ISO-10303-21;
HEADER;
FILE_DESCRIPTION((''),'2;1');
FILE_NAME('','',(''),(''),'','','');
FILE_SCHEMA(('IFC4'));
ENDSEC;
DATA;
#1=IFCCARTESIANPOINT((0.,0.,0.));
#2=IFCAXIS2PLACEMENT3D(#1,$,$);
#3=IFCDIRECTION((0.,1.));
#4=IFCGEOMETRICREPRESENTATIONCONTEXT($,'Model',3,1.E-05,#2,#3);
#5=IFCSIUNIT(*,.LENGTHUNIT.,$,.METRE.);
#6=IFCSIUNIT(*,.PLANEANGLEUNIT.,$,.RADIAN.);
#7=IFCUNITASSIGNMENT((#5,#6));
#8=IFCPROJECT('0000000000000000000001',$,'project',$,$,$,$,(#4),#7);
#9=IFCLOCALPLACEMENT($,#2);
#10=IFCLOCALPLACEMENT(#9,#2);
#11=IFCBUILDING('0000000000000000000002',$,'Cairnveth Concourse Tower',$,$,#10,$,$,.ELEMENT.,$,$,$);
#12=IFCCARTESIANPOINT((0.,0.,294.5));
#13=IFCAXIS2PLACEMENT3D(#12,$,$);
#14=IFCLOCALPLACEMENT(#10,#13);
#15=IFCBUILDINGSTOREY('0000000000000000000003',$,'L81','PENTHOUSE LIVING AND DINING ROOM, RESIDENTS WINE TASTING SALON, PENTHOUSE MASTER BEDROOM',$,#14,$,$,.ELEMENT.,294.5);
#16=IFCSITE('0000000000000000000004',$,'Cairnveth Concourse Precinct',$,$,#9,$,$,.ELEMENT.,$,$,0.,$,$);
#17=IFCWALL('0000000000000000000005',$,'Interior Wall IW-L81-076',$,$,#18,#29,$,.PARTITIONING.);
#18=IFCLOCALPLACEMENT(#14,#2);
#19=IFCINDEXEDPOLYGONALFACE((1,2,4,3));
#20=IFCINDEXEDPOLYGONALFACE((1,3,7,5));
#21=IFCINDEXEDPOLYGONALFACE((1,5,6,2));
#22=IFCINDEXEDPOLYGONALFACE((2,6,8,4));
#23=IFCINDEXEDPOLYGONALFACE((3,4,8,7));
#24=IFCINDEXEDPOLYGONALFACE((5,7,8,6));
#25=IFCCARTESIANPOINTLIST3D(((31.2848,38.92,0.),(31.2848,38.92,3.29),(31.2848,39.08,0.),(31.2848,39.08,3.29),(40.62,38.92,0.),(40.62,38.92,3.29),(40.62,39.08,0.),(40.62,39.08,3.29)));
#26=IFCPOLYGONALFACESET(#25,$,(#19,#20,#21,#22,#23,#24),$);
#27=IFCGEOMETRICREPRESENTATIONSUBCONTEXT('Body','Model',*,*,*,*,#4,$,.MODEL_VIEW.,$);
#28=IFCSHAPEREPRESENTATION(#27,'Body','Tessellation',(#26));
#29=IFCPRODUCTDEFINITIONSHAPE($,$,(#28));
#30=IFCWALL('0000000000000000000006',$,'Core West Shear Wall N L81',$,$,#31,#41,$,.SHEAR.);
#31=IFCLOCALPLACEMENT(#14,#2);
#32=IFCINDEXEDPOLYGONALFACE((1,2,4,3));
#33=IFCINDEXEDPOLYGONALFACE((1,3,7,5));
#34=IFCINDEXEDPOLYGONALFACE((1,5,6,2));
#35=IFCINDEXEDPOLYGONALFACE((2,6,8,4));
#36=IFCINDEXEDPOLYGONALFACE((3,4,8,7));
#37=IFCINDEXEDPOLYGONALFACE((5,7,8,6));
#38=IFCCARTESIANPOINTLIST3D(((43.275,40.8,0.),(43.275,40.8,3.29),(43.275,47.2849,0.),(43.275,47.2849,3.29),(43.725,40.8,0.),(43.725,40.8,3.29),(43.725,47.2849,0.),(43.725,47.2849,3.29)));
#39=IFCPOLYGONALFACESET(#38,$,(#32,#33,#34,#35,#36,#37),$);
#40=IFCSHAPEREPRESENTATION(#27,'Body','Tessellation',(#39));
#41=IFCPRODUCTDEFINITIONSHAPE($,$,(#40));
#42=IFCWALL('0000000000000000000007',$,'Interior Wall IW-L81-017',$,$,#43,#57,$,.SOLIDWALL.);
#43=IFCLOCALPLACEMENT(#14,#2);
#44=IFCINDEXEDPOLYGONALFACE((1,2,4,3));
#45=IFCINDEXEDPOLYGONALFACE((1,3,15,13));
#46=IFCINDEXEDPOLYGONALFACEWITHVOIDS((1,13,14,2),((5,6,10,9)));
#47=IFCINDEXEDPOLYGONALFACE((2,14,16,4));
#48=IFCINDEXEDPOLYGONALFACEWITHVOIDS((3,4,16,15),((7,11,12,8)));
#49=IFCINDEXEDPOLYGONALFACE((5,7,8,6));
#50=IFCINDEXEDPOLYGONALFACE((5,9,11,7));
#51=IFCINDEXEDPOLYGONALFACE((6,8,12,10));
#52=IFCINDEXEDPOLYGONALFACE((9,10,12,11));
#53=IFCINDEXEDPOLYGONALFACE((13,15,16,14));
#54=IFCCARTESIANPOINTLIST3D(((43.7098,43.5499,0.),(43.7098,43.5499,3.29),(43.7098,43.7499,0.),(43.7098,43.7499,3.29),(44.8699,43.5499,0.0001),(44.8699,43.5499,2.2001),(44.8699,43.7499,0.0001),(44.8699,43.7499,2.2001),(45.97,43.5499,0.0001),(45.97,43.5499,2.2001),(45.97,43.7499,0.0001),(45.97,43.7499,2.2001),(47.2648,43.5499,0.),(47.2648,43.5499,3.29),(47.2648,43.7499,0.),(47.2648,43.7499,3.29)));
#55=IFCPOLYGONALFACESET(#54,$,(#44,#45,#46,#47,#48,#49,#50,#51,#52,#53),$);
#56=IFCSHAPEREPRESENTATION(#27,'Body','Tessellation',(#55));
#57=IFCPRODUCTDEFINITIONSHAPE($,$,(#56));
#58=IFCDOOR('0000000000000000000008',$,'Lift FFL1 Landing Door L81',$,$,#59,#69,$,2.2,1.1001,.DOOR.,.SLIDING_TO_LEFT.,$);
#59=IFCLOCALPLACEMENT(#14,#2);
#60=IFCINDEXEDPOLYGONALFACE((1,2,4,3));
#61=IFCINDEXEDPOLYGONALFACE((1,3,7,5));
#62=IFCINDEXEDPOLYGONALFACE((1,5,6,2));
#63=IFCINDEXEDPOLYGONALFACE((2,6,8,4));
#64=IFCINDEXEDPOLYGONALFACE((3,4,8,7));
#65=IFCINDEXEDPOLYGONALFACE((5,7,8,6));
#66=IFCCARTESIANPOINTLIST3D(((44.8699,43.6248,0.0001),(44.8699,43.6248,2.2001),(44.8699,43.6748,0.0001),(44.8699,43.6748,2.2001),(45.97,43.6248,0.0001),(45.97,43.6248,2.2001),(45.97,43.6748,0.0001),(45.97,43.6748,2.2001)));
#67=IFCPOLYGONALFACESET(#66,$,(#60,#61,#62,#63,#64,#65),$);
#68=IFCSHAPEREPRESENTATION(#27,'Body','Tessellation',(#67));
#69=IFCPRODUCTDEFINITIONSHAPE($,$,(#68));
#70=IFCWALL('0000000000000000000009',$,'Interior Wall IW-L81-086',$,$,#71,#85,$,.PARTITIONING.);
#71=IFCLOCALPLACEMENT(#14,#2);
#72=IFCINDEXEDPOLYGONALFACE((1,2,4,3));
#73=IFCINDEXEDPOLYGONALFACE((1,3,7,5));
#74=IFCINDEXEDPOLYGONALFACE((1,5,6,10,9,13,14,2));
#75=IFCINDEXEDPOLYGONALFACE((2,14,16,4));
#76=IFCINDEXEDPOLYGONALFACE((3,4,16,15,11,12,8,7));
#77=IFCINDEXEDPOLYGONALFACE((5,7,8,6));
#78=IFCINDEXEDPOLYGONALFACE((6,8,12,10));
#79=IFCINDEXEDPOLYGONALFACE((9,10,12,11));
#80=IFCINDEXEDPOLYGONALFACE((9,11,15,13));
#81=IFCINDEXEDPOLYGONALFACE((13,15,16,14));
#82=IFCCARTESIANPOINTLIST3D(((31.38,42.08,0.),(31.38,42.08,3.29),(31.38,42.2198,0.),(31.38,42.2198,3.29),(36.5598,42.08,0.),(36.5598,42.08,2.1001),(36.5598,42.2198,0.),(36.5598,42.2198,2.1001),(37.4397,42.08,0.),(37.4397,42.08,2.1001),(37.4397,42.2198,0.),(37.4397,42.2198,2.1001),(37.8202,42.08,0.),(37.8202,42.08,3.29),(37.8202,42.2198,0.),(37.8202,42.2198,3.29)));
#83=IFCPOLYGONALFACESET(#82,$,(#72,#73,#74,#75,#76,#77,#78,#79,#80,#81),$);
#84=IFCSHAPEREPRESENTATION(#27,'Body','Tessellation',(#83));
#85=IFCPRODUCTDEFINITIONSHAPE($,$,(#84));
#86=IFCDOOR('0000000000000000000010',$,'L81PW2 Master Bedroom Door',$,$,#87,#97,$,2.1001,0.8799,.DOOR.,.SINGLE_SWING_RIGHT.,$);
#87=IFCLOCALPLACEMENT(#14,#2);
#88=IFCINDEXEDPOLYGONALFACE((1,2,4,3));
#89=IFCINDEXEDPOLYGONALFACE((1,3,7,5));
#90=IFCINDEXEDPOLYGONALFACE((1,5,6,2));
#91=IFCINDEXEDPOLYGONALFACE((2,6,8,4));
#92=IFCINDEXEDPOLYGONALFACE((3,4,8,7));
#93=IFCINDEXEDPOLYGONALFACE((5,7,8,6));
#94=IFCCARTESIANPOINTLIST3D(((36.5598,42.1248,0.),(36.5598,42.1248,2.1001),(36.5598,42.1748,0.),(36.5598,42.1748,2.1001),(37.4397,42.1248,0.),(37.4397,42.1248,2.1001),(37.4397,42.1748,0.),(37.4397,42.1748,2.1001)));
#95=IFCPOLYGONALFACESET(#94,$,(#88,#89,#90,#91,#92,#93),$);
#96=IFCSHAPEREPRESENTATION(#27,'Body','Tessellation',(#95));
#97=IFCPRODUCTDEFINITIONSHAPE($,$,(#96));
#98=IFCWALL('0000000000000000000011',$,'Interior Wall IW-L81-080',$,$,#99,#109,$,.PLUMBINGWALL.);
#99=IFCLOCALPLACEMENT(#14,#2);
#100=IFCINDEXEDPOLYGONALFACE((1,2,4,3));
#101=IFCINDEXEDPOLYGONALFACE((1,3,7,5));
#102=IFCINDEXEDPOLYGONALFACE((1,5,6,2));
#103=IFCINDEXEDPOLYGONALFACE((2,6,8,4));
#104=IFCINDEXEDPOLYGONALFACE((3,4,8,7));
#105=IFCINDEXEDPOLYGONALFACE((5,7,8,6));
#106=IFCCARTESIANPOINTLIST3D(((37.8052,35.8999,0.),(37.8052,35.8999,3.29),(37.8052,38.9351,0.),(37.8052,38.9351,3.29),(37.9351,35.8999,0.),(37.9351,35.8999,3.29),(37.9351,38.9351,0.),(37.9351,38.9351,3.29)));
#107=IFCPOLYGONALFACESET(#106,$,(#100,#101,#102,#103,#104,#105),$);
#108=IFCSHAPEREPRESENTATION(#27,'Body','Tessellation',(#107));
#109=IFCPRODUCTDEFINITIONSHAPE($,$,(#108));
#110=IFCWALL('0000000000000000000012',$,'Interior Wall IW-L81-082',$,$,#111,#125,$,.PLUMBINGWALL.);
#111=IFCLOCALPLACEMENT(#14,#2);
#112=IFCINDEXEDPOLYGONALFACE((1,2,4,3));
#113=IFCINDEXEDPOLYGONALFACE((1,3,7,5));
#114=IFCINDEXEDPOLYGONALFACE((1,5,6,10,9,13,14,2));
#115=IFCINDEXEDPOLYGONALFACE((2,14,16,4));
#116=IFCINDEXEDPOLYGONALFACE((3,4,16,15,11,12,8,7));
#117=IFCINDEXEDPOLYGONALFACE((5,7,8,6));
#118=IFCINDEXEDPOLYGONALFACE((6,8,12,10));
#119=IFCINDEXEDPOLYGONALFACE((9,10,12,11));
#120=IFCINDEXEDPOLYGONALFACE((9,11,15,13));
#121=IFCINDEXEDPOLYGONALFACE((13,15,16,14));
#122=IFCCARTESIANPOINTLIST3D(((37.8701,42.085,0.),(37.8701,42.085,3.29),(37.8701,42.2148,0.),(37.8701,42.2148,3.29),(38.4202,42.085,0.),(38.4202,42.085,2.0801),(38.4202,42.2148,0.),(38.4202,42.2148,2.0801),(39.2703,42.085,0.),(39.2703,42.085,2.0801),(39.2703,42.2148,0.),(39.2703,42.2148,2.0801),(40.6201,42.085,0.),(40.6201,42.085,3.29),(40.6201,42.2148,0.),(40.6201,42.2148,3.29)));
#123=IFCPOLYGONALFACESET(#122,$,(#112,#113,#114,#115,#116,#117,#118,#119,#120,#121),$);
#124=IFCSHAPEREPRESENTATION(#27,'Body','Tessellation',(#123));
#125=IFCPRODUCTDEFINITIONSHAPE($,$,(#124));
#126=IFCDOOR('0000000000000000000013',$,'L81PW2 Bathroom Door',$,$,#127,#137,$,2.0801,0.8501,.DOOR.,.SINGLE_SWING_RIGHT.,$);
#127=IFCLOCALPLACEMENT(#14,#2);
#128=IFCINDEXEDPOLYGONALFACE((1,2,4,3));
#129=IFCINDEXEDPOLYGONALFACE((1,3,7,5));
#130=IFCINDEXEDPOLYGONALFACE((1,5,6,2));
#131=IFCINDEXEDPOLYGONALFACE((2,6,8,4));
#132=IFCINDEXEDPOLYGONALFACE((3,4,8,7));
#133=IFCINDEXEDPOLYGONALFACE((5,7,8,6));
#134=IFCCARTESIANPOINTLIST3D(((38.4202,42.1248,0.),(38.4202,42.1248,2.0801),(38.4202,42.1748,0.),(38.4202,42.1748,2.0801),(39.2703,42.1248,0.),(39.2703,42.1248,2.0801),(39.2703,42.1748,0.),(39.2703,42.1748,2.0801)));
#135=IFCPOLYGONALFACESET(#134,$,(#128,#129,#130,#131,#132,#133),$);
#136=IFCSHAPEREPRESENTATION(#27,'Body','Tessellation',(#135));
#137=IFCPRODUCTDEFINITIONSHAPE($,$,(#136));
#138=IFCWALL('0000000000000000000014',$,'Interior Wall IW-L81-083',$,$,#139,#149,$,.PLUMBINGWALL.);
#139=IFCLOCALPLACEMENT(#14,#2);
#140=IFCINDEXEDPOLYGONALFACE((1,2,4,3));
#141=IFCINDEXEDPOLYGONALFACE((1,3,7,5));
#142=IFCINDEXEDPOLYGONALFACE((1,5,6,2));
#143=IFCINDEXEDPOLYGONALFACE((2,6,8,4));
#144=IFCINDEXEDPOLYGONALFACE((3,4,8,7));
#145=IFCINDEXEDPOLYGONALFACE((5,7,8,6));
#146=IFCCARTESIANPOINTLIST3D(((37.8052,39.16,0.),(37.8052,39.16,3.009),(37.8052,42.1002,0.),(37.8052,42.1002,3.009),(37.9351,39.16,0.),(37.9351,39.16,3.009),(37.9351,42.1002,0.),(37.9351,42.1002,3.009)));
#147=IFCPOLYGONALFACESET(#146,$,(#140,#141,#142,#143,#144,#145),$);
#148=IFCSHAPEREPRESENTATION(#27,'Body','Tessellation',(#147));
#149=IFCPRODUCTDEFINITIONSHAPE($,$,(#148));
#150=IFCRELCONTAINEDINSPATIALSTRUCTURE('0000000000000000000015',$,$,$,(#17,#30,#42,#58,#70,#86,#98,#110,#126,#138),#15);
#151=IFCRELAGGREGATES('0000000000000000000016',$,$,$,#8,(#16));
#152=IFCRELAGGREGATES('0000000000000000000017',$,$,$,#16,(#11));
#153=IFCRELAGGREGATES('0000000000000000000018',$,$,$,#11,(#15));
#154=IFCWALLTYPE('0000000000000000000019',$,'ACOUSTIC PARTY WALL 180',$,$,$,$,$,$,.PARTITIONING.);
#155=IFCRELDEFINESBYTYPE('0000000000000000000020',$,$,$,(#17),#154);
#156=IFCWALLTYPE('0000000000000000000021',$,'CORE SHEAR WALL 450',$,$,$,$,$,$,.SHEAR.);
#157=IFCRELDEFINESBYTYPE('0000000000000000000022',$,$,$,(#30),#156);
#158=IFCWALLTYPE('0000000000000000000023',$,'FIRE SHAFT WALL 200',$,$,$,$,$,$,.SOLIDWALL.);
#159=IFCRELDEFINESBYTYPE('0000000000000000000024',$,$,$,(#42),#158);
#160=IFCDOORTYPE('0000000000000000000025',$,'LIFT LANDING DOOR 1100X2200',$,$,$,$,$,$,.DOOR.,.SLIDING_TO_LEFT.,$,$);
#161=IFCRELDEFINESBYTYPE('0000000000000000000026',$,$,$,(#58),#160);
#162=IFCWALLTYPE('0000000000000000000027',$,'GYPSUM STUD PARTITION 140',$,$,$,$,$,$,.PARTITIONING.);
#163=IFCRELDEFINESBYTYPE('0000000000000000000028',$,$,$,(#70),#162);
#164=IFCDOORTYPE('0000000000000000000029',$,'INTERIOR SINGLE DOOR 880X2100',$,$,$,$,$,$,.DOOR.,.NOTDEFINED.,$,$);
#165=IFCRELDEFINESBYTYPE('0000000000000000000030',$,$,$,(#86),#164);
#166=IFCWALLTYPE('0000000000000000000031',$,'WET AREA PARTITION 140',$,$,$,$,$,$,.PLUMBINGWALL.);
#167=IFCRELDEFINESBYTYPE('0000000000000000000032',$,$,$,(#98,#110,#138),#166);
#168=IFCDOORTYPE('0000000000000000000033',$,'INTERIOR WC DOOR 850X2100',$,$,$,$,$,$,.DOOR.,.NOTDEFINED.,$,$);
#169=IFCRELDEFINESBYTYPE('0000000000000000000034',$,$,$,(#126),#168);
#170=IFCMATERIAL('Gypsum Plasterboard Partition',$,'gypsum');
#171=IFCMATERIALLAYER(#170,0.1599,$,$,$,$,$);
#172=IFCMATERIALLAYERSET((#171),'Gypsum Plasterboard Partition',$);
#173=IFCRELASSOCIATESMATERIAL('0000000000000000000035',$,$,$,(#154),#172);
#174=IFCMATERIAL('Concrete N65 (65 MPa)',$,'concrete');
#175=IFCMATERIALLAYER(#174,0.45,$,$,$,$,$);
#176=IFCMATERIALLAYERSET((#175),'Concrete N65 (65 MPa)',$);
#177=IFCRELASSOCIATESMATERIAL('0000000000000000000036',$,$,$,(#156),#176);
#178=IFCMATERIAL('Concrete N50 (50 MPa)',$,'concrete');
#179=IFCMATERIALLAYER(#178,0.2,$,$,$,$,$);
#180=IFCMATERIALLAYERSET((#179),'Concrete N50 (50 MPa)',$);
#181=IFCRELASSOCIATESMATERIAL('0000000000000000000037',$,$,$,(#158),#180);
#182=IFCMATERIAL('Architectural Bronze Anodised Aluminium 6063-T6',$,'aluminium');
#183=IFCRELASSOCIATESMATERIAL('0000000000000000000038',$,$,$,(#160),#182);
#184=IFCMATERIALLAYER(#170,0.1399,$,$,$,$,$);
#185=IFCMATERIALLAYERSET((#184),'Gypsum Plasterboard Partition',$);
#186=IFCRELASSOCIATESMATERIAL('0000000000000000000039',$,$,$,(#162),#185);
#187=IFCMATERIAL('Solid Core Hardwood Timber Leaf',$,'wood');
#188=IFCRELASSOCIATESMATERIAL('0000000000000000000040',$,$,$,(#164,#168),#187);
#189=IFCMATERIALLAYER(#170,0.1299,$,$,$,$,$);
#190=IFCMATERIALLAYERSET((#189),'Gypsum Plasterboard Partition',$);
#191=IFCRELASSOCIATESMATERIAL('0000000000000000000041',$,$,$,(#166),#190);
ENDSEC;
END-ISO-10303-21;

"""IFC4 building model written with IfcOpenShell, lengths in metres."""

from ifc_helpers import new_model, si_unit, direction, frame, frame_2d, origin, place, context, subcontext, project, spatial, rectangle, extrude, material, layer, layer_set, type_object, element, fill, save


model = new_model("IFC4")

# Units and contexts
model_context = context("Model", 3, precision=1e-05, world=origin(), true_north=direction((0.0, 1.0)))
body_context = subcontext(model_context, "Body", "Model", "MODEL_VIEW")
ifc_project = project(units=[si_unit("LENGTHUNIT", "METRE"), si_unit("PLANEANGLEUNIT", "RADIAN")], contexts=[model_context])

# Site, building, storey
site_placement = place(None, origin())
site = spatial("IfcSite", under=ifc_project, at=site_placement, Name="Cairnveth Concourse Precinct", CompositionType="ELEMENT", RefElevation=0.0)
building_placement = place(site_placement, origin())
building = spatial("IfcBuilding", under=site, at=building_placement, Name="Cairnveth Concourse Tower", CompositionType="ELEMENT")
storey_placement = place(building_placement, frame((0.0, 0.0, 294.5)))
storey = spatial("IfcBuildingStorey", under=building, at=storey_placement, Name="L81", Description="PENTHOUSE LIVING AND DINING ROOM, RESIDENTS WINE TASTING SALON, PENTHOUSE MASTER BEDROOM", CompositionType="ELEMENT", Elevation=294.5)

# Shared definitions
ifc_material_1 = material(Name="Concrete N50 (50 MPa)", Category="concrete")

# Walls
ifc_material_2 = material(Name="Gypsum Plasterboard Partition", Category="gypsum")
ifc_layer_1 = layer(ifc_material_2, 0.1599)
ifc_layer_set_1 = layer_set([ifc_layer_1], Name="Gypsum Plasterboard Partition")
wall_type_1 = type_object("IfcWallType", Name="ACOUSTIC PARTY WALL 180", PredefinedType="PARTITIONING", material=ifc_layer_set_1)
wall_1_placement = place(storey_placement, frame((31.2849, 39.0, 0.0), z_axis=(0.0, 0.0, 1.0), x_axis=(1.0, 0.0, 0.0)))
element("IfcWall", 1, at=wall_1_placement, inside=storey, type_object=wall_type_1, Name="Interior Wall IW-L81-076", PredefinedType="PARTITIONING", context=body_context, shape_type="SweptSolid", body=[
    extrude(rectangle(XDim=9.3352, YDim=0.1599, at=frame_2d((4.6675, 0.0))), origin(), (0.0, 0.0, 1.0), 3.29),
])
ifc_material_3 = material(Name="Concrete N65 (65 MPa)", Category="concrete")
ifc_layer_2 = layer(ifc_material_3, 0.45)
ifc_layer_set_2 = layer_set([ifc_layer_2], Name="Concrete N65 (65 MPa)")
wall_type_2 = type_object("IfcWallType", Name="CORE SHEAR WALL 450", PredefinedType="SHEAR", material=ifc_layer_set_2)
wall_2_placement = place(storey_placement, frame((43.5, 40.8, 0.0), z_axis=(0.0, 0.0, 1.0), x_axis=(0.0, 1.0, 0.0)))
element("IfcWall", 2, at=wall_2_placement, inside=storey, type_object=wall_type_2, Name="Core West Shear Wall N L81", PredefinedType="SHEAR", context=body_context, shape_type="SweptSolid", body=[
    extrude(rectangle(XDim=6.4849, YDim=0.45, at=frame_2d((3.2424, 0.0))), origin(), (0.0, 0.0, 1.0), 3.29),
])

# Walls, openings, doors
ifc_layer_3 = layer(ifc_material_1, 0.2)
ifc_layer_set_3 = layer_set([ifc_layer_3], Name="Concrete N50 (50 MPa)")
wall_type_3 = type_object("IfcWallType", Name="FIRE SHAFT WALL 200", PredefinedType="SOLIDWALL", material=ifc_layer_set_3)
wall_3_placement = place(storey_placement, frame((43.71, 43.6499, 0.0), z_axis=(0.0, 0.0, 1.0), x_axis=(1.0, 0.0, 0.0)))
wall_3 = element("IfcWall", 3, at=wall_3_placement, inside=storey, type_object=wall_type_3, Name="Interior Wall IW-L81-017", PredefinedType="SOLIDWALL", context=body_context, shape_type="SweptSolid", body=[
    extrude(rectangle(XDim=3.5549, YDim=0.2, at=frame_2d((1.7773, 0.0))), origin(), (0.0, 0.0, 1.0), 3.29),
])
opening_1_placement = place(wall_3_placement, frame((1.1599, 0.0, 0.0)))
opening_1 = element("IfcOpeningElement", 4, at=opening_1_placement, cuts=wall_3, PredefinedType="OPENING", context=body_context, shape_type="SweptSolid", body=[
    extrude(rectangle(XDim=1.1001, YDim=2.2, at=frame_2d((0.55, 1.1001))), frame((0.0, 0.1099, 0.0), z_axis=(0.0, -1.0, 0.0), x_axis=(1.0, 0.0, 0.0)), (0.0, 0.0, 1.0), 0.22),
])
ifc_material_4 = material(Name="Architectural Bronze Anodised Aluminium 6063-T6", Category="aluminium")
door_type_1 = type_object("IfcDoorType", Name="LIFT LANDING DOOR 1100X2200", OperationType="SLIDING_TO_LEFT", PredefinedType="DOOR", material=ifc_material_4)
door_1_placement = place(opening_1_placement, origin())
door_1 = element("IfcDoor", 5, at=door_1_placement, inside=storey, type_object=door_type_1, Name="Lift FFL1 Landing Door L81", OperationType="SLIDING_TO_LEFT", OverallHeight=2.2, OverallWidth=1.1001, PredefinedType="DOOR", context=body_context, shape_type="SweptSolid", body=[
    extrude(rectangle(XDim=1.1001, YDim=2.2, at=frame_2d((0.55, 1.1001))), frame((0.0, 0.0249, 0.0), z_axis=(0.0, -1.0, 0.0), x_axis=(1.0, 0.0, 0.0)), (0.0, 0.0, 1.0), 0.05),
])
fill(opening_1, door_1)
ifc_layer_4 = layer(ifc_material_2, 0.1399)
ifc_layer_set_4 = layer_set([ifc_layer_4], Name="Gypsum Plasterboard Partition")
wall_type_4 = type_object("IfcWallType", Name="GYPSUM STUD PARTITION 140", PredefinedType="PARTITIONING", material=ifc_layer_set_4)
wall_4_placement = place(storey_placement, frame((31.3799, 42.1499, 0.0), z_axis=(0.0, 0.0, 1.0), x_axis=(1.0, 0.0, 0.0)))
wall_4 = element("IfcWall", 6, at=wall_4_placement, inside=storey, type_object=wall_type_4, Name="Interior Wall IW-L81-086", PredefinedType="PARTITIONING", context=body_context, shape_type="SweptSolid", body=[
    extrude(rectangle(XDim=6.4402, YDim=0.1399, at=frame_2d((3.2202, 0.0))), origin(), (0.0, 0.0, 1.0), 3.29),
])
opening_2_placement = place(wall_4_placement, frame((5.1799, 0.0, 0.0)))
opening_2 = element("IfcOpeningElement", 7, at=opening_2_placement, cuts=wall_4, PredefinedType="OPENING", context=body_context, shape_type="SweptSolid", body=[
    extrude(rectangle(XDim=0.8799, YDim=2.1001, at=frame_2d((0.4399, 1.05))), frame((0.0, 0.0798, 0.0), z_axis=(0.0, -1.0, 0.0), x_axis=(1.0, 0.0, 0.0)), (0.0, 0.0, 1.0), 0.1599),
])
ifc_material_5 = material(Name="Solid Core Hardwood Timber Leaf", Category="wood")
door_type_2 = type_object("IfcDoorType", Name="INTERIOR SINGLE DOOR 880X2100", OperationType="NOTDEFINED", PredefinedType="DOOR", material=ifc_material_5)
door_2_placement = place(opening_2_placement, origin())
door_2 = element("IfcDoor", 8, at=door_2_placement, inside=storey, type_object=door_type_2, Name="L81PW2 Master Bedroom Door", OperationType="SINGLE_SWING_RIGHT", OverallHeight=2.1001, OverallWidth=0.8799, PredefinedType="DOOR", context=body_context, shape_type="SweptSolid", body=[
    extrude(rectangle(XDim=0.8799, YDim=2.1001, at=frame_2d((0.4399, 1.05))), frame((0.0, 0.0249, 0.0), z_axis=(0.0, -1.0, 0.0), x_axis=(1.0, 0.0, 0.0)), (0.0, 0.0, 1.0), 0.05),
])
fill(opening_2, door_2)

# Wall
ifc_layer_5 = layer(ifc_material_2, 0.1299)
ifc_layer_set_5 = layer_set([ifc_layer_5], Name="Gypsum Plasterboard Partition")
wall_type_5 = type_object("IfcWallType", Name="WET AREA PARTITION 140", PredefinedType="PLUMBINGWALL", material=ifc_layer_set_5)
wall_5_placement = place(storey_placement, frame((37.8701, 35.8999, 0.0), z_axis=(0.0, 0.0, 1.0), x_axis=(0.0, 1.0, 0.0)))
element("IfcWall", 9, at=wall_5_placement, inside=storey, type_object=wall_type_5, Name="Interior Wall IW-L81-080", PredefinedType="PLUMBINGWALL", context=body_context, shape_type="SweptSolid", body=[
    extrude(rectangle(XDim=3.0352, YDim=0.1299, at=frame_2d((1.5176, 0.0))), origin(), (0.0, 0.0, 1.0), 3.29),
])

# Wall, opening, door
wall_6_placement = place(storey_placement, frame((37.8701, 42.1499, 0.0), z_axis=(0.0, 0.0, 1.0), x_axis=(1.0, 0.0, 0.0)))
wall_6 = element("IfcWall", 10, at=wall_6_placement, inside=storey, type_object=wall_type_5, Name="Interior Wall IW-L81-082", PredefinedType="PLUMBINGWALL", context=body_context, shape_type="SweptSolid", body=[
    extrude(rectangle(XDim=2.75, YDim=0.1299, at=frame_2d((1.375, 0.0))), origin(), (0.0, 0.0, 1.0), 3.29),
])
opening_3_placement = place(wall_6_placement, frame((0.55, 0.0, 0.0)))
opening_3 = element("IfcOpeningElement", 11, at=opening_3_placement, cuts=wall_6, PredefinedType="OPENING", context=body_context, shape_type="SweptSolid", body=[
    extrude(rectangle(XDim=0.8501, YDim=2.0801, at=frame_2d((0.425, 1.04))), frame((0.0, 0.075, 0.0), z_axis=(0.0, -1.0, 0.0), x_axis=(1.0, 0.0, 0.0)), (0.0, 0.0, 1.0), 0.1499),
])
door_type_3 = type_object("IfcDoorType", Name="INTERIOR WC DOOR 850X2100", OperationType="NOTDEFINED", PredefinedType="DOOR", material=ifc_material_5)
door_3_placement = place(opening_3_placement, origin())
door_3 = element("IfcDoor", 12, at=door_3_placement, inside=storey, type_object=door_type_3, Name="L81PW2 Bathroom Door", OperationType="SINGLE_SWING_RIGHT", OverallHeight=2.0801, OverallWidth=0.8501, PredefinedType="DOOR", context=body_context, shape_type="SweptSolid", body=[
    extrude(rectangle(XDim=0.8501, YDim=2.0801, at=frame_2d((0.425, 1.04))), frame((0.0, 0.0249, 0.0), z_axis=(0.0, -1.0, 0.0), x_axis=(1.0, 0.0, 0.0)), (0.0, 0.0, 1.0), 0.05),
])
fill(opening_3, door_3)

# Wall
wall_7_placement = place(storey_placement, frame((37.8701, 39.1599, 0.0), z_axis=(0.0, 0.0, 1.0), x_axis=(0.0, 1.0, 0.0)))
element("IfcWall", 13, at=wall_7_placement, inside=storey, type_object=wall_type_5, Name="Interior Wall IW-L81-083", PredefinedType="PLUMBINGWALL", context=body_context, shape_type="SweptSolid", body=[
    extrude(rectangle(XDim=2.9402, YDim=0.1299, at=frame_2d((1.4702, 0.0))), origin(), (0.0, 0.0, 1.0), 3.009),
])

save(model, "model.ifc")
